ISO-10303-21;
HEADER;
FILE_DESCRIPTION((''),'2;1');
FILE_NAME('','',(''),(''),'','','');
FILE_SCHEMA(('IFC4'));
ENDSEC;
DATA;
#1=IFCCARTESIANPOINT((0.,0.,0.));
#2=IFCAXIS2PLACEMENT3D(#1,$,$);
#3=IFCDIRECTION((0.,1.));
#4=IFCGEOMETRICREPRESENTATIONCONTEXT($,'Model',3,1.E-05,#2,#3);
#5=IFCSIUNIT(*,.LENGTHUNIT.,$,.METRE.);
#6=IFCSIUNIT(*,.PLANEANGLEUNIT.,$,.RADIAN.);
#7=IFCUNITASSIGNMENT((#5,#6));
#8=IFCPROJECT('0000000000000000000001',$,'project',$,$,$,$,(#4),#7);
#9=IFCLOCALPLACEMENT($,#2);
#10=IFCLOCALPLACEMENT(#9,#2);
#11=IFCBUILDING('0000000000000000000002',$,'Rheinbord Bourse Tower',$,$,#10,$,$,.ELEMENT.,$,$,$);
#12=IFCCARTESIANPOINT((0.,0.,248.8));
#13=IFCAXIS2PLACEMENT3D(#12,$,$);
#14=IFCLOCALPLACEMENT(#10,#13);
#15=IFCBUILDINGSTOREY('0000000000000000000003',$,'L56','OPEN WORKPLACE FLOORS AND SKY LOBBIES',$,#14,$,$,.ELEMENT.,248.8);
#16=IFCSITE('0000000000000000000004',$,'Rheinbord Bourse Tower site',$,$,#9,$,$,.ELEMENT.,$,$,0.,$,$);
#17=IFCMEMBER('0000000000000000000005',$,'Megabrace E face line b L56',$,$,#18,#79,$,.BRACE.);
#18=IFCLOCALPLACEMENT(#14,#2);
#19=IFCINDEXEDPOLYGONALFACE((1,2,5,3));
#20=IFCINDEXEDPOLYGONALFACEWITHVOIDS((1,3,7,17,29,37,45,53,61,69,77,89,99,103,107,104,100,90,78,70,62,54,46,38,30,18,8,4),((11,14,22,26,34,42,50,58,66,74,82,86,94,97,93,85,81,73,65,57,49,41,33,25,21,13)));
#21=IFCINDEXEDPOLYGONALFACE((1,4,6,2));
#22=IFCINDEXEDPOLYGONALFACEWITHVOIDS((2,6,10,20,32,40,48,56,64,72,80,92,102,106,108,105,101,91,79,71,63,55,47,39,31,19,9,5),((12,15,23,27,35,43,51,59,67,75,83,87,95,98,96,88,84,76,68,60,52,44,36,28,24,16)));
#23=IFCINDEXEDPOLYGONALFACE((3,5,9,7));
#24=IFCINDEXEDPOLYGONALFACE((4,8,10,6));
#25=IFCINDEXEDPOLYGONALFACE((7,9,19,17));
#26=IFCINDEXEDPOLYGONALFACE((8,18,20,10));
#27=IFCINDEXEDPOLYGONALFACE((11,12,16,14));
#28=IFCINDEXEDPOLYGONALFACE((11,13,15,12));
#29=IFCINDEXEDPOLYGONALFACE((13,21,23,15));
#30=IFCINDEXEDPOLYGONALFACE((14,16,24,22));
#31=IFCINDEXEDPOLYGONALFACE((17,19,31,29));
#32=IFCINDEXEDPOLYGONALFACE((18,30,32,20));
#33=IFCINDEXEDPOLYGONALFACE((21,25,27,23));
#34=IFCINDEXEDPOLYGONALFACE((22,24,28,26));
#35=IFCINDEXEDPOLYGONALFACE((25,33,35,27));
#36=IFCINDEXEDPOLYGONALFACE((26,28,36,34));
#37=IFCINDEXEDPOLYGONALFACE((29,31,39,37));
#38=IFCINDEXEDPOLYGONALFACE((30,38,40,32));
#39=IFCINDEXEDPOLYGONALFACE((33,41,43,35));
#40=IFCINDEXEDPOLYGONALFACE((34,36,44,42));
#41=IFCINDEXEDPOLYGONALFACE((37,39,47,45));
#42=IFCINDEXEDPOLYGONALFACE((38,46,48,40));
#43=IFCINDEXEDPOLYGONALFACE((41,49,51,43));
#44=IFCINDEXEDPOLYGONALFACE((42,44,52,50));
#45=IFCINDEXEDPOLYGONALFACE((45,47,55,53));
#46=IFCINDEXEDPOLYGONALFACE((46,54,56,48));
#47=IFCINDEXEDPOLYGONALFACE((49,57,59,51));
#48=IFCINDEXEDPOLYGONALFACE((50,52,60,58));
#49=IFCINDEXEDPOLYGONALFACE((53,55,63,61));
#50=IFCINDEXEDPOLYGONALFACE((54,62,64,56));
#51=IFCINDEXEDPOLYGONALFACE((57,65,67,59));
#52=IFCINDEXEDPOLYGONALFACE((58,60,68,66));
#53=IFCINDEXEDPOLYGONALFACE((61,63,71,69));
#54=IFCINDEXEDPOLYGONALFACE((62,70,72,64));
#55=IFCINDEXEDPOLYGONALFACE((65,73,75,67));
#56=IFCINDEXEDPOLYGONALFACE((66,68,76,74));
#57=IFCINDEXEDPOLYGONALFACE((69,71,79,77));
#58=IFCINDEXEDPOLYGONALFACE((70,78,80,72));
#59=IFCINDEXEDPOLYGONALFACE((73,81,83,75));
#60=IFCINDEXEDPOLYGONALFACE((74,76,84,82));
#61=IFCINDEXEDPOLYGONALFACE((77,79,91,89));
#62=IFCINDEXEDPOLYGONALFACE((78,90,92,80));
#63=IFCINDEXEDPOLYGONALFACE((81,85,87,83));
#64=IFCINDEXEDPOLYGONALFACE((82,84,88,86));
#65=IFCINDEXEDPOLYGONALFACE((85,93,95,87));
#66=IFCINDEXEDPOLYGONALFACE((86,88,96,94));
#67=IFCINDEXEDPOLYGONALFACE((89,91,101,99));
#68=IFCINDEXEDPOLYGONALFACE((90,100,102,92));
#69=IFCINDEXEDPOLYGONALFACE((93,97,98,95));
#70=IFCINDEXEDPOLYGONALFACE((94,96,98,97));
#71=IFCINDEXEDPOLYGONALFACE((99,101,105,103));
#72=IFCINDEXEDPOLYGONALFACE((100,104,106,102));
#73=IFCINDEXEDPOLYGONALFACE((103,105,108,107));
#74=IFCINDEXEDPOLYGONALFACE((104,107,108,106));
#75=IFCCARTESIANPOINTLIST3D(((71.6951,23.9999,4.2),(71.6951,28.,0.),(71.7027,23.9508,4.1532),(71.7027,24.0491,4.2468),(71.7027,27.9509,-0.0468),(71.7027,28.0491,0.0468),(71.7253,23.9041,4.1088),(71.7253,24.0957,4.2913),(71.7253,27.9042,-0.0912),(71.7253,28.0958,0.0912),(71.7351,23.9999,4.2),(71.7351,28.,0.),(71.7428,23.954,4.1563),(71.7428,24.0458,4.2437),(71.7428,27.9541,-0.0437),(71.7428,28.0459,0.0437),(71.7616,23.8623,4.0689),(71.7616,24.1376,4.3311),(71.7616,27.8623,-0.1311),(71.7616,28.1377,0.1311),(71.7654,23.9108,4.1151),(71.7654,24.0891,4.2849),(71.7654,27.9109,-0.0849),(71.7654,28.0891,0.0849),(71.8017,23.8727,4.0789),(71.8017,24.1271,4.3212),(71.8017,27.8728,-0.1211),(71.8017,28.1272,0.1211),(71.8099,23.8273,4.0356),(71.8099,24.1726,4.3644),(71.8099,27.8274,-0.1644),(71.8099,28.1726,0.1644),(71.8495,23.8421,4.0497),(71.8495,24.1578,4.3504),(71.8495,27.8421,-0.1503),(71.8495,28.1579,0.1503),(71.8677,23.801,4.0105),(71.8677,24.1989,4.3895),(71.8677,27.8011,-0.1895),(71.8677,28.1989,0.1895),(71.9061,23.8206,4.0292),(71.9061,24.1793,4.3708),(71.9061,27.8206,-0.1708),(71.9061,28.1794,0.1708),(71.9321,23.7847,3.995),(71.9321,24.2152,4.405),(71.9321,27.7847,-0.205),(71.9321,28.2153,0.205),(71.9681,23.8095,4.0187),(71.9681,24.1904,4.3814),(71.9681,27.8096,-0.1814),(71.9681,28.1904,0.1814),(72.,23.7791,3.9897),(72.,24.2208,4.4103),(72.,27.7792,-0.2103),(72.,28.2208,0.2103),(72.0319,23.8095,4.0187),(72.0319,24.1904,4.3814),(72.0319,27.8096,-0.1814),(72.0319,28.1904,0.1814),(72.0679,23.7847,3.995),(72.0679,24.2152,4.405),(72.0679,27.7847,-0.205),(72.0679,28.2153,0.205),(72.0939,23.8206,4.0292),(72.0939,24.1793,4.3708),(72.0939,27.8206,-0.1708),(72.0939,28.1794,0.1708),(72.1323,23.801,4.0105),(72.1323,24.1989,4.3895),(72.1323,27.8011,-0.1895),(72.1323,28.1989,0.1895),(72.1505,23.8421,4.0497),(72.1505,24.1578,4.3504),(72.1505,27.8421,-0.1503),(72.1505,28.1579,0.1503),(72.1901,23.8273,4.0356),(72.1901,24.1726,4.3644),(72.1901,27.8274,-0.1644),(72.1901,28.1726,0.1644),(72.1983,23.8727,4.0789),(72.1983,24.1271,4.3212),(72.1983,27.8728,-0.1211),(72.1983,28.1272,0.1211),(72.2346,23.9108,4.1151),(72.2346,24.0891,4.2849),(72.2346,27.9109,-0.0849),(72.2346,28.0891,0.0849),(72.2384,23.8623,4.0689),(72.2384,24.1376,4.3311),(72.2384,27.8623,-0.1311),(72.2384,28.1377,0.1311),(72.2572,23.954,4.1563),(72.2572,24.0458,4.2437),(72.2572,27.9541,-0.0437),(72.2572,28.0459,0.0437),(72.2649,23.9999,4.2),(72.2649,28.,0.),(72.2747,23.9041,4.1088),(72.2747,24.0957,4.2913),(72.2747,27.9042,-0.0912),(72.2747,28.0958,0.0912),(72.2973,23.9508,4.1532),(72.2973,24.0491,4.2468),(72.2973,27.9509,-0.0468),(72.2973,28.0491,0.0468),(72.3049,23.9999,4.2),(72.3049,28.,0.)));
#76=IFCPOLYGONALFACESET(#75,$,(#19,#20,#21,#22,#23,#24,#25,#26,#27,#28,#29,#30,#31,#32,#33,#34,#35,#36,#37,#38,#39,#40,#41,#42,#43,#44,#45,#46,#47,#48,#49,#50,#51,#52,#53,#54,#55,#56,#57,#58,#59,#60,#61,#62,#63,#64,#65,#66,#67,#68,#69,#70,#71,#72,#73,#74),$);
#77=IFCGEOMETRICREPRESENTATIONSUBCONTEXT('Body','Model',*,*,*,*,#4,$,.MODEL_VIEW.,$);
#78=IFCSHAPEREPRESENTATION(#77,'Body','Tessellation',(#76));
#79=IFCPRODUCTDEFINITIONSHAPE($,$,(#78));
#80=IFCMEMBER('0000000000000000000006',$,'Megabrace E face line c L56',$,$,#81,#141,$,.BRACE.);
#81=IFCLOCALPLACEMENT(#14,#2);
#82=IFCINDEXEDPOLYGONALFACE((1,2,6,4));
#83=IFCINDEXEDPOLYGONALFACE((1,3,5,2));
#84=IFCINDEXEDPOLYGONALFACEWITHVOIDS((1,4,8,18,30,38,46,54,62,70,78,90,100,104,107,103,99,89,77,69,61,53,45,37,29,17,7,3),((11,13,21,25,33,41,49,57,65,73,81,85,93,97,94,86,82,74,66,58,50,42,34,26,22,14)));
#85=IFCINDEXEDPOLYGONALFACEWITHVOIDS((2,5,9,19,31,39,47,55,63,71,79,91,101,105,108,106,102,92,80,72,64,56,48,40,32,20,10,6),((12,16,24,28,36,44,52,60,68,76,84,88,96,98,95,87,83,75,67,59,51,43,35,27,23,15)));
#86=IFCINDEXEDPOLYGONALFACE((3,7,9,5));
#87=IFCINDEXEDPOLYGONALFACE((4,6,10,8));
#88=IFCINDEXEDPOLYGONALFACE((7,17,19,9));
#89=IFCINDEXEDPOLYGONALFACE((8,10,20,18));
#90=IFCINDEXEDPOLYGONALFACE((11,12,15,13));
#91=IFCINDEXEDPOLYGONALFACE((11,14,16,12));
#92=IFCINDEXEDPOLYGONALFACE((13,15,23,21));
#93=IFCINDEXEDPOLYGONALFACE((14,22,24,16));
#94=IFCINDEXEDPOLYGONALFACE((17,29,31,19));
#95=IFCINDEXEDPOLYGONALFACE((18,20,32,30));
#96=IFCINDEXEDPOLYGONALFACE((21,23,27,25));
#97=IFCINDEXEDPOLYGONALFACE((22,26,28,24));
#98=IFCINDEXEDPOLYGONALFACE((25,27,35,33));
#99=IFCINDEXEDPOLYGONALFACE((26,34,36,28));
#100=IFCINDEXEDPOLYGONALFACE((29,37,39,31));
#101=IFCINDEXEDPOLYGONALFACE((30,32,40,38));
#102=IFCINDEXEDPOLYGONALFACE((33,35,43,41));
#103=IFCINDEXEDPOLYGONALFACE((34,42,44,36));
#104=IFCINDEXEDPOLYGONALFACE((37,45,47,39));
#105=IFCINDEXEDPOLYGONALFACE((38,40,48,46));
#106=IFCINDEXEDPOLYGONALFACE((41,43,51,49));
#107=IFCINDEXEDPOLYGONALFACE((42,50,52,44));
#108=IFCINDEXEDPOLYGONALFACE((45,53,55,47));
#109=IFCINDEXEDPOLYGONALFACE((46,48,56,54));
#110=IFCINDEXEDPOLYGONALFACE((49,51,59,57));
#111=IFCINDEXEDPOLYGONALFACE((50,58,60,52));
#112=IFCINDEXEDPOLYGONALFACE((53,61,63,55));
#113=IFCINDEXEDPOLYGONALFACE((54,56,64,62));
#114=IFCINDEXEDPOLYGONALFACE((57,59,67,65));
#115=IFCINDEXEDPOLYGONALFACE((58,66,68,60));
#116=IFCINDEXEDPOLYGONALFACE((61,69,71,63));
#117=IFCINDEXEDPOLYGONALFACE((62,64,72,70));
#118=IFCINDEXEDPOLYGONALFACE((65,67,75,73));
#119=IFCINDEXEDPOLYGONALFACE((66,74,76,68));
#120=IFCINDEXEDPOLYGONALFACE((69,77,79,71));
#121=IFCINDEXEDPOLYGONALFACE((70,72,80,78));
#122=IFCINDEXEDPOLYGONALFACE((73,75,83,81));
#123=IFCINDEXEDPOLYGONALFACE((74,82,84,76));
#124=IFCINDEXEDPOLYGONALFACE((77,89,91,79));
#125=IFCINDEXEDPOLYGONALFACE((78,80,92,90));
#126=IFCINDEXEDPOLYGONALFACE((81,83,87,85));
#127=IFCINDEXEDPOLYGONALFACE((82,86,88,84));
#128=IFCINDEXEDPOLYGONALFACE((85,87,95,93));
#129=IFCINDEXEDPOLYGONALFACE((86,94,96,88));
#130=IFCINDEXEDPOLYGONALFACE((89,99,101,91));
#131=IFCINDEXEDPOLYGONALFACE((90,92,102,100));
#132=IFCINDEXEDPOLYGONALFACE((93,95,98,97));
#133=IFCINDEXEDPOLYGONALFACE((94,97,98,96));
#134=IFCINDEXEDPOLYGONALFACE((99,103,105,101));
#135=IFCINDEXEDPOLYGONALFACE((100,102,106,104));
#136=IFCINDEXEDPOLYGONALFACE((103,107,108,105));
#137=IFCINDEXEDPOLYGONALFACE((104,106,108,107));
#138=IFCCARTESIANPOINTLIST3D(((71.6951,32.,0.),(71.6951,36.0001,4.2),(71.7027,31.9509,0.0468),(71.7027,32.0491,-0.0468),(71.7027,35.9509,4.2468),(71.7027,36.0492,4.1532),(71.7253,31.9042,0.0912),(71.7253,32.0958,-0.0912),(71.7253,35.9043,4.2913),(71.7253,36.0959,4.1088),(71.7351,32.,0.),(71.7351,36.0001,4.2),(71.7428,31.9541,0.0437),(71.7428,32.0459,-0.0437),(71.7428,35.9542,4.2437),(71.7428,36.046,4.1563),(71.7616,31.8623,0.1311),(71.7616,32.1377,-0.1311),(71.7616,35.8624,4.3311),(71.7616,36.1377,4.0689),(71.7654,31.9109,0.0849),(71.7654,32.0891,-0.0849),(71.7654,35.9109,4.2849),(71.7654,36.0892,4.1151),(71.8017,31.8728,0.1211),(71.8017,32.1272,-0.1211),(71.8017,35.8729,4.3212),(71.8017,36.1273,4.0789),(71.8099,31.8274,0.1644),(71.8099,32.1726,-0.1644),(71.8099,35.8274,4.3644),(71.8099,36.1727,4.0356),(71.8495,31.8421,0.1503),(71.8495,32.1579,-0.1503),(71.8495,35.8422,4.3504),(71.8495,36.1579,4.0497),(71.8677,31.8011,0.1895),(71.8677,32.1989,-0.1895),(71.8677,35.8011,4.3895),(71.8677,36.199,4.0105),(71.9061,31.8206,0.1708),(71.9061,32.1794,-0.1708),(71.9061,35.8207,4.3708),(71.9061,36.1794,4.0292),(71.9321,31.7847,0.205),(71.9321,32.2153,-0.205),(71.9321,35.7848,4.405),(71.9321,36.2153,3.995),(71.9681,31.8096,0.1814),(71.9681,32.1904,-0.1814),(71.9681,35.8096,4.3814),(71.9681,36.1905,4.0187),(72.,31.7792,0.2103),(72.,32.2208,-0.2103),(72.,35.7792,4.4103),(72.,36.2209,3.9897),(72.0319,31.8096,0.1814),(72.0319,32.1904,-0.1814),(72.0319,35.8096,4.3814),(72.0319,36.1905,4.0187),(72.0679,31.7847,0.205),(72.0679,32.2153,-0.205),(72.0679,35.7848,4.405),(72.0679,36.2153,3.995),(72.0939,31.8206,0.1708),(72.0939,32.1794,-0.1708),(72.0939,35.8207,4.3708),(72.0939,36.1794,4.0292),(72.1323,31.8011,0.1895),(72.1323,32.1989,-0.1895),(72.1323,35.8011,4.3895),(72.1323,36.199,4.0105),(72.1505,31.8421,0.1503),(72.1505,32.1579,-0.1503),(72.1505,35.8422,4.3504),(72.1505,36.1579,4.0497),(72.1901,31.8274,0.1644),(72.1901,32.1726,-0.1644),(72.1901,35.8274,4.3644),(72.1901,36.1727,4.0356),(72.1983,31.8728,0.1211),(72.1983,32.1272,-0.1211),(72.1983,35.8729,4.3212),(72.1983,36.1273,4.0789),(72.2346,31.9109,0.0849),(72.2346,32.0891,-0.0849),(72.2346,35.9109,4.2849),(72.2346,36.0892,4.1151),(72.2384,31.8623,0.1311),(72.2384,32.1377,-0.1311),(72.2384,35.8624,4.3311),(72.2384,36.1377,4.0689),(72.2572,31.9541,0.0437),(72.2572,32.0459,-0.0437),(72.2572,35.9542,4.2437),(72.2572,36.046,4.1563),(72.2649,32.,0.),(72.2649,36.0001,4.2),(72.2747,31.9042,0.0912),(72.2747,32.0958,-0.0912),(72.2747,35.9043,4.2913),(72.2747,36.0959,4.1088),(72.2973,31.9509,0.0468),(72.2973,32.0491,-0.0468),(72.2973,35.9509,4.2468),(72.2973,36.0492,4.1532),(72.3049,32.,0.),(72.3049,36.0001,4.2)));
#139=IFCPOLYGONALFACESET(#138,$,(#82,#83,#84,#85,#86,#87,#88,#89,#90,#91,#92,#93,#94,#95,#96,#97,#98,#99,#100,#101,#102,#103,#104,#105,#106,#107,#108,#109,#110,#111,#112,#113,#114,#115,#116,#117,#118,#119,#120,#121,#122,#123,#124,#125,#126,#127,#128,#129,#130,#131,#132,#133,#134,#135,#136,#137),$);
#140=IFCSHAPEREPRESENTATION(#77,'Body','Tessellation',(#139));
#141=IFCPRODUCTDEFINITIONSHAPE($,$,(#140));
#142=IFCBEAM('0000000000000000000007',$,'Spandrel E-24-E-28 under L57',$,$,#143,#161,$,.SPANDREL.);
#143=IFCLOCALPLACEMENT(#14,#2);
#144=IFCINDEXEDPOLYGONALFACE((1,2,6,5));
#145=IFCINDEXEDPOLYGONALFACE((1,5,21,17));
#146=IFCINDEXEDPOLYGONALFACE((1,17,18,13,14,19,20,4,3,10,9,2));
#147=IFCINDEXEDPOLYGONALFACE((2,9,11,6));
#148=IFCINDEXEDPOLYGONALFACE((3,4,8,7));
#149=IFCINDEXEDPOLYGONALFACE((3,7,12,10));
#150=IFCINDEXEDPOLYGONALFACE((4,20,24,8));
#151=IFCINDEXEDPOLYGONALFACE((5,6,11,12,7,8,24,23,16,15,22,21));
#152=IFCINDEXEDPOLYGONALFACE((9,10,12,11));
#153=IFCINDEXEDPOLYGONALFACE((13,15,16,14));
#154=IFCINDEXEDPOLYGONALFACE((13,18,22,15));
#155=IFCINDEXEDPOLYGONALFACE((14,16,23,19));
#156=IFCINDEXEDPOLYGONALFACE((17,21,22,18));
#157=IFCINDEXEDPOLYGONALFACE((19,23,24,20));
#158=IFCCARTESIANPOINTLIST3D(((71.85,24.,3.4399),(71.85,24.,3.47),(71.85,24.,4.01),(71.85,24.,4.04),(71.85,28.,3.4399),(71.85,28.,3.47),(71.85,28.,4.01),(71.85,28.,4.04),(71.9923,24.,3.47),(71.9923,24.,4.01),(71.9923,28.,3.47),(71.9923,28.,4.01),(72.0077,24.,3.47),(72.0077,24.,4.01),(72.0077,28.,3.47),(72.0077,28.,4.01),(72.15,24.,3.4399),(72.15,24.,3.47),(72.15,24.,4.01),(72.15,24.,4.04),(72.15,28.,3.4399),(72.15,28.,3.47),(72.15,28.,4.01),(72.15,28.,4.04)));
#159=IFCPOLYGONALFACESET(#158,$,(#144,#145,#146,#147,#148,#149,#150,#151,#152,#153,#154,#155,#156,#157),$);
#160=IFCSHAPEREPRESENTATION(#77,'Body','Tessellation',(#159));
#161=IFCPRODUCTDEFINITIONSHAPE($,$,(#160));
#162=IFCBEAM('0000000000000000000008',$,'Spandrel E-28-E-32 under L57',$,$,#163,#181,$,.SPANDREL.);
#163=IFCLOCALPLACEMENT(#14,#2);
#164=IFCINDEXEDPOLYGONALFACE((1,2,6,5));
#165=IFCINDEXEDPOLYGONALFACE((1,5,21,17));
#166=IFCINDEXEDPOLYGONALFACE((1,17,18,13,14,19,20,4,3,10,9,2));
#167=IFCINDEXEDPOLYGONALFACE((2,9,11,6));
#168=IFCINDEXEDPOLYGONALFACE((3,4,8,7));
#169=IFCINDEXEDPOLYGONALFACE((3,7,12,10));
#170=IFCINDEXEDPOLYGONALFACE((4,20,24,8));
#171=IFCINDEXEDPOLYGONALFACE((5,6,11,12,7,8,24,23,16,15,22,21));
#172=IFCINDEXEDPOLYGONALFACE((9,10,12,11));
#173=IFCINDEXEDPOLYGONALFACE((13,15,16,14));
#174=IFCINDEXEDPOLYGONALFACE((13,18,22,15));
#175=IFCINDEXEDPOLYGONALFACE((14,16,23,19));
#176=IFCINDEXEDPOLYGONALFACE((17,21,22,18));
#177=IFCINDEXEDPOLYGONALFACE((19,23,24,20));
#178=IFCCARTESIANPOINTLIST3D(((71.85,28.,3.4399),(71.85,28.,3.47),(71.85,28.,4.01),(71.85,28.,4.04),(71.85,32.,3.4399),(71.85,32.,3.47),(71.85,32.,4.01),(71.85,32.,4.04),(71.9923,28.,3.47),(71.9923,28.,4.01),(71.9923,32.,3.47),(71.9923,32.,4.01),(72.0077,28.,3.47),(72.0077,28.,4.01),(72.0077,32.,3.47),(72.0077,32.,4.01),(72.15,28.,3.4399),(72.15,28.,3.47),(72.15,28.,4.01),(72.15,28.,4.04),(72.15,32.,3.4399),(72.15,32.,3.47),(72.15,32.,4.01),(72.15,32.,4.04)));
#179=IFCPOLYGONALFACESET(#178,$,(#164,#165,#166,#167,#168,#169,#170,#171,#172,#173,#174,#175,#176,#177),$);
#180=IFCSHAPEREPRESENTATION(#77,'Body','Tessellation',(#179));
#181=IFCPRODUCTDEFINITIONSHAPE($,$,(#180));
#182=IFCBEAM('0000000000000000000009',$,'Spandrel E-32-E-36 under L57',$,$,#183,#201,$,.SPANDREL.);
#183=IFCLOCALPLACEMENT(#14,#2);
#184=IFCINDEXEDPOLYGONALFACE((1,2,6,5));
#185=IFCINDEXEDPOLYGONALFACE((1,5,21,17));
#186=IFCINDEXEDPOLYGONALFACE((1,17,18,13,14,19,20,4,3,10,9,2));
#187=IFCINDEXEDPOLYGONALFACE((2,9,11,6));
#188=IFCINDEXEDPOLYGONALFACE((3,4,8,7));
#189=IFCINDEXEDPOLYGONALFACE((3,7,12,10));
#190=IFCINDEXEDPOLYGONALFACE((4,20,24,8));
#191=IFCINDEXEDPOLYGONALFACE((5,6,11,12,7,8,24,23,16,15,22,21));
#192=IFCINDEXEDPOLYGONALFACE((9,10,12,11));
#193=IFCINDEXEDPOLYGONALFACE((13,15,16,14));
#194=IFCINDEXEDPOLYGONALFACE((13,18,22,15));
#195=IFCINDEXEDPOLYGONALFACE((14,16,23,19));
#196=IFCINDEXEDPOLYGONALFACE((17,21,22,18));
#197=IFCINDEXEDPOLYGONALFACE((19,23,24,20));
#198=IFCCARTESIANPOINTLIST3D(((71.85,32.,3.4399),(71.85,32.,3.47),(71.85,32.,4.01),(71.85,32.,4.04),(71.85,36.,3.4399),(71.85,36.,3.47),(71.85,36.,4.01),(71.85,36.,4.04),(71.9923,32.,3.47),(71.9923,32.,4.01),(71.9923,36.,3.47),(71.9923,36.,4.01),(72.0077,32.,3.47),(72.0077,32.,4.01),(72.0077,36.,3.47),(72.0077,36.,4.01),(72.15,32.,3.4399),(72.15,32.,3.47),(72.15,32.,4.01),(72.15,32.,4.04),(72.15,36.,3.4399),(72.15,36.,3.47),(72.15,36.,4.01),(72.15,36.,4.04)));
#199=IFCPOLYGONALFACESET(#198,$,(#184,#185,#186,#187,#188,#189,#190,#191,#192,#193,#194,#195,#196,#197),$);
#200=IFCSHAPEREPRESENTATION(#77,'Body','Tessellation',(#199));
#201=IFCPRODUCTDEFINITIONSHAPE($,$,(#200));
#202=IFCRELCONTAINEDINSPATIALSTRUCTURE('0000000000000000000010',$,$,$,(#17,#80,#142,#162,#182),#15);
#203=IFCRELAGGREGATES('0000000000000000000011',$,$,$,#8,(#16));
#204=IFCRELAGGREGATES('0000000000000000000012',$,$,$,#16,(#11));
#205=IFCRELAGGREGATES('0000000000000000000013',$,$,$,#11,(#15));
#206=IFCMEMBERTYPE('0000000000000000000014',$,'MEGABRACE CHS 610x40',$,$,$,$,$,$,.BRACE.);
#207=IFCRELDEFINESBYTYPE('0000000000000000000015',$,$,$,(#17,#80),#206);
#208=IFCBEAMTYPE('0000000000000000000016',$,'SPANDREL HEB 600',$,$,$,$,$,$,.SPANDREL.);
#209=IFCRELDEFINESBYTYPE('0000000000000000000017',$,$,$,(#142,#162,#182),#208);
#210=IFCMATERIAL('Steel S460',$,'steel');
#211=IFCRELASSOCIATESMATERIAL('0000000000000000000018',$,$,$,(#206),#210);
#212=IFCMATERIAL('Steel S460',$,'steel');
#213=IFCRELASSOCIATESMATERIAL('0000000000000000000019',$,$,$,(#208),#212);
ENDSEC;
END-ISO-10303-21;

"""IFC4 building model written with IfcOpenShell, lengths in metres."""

from ifc_helpers import new_model, si_unit, direction, frame, origin, origin_2d, place, context, subcontext, project, spatial, hollow_circle, i_section, extrude, material, material_profile, profile_set, type_object, element, save


model = new_model("IFC4")

# Units and contexts
model_context = context("Model", 3, precision=1e-05, world=origin(), true_north=direction((0.0, 1.0)))
body_context = subcontext(model_context, "Body", "Model", "MODEL_VIEW")
ifc_project = project(units=[si_unit("LENGTHUNIT", "METRE"), si_unit("PLANEANGLEUNIT", "RADIAN")], contexts=[model_context])

# Site, building, storey
site_placement = place(None, origin())
site = spatial("IfcSite", under=ifc_project, at=site_placement, Name="Rheinbord Bourse Tower site", CompositionType="ELEMENT", RefElevation=0.0)
building_placement = place(site_placement, origin())
building = spatial("IfcBuilding", under=site, at=building_placement, Name="Rheinbord Bourse Tower", CompositionType="ELEMENT")
storey_placement = place(building_placement, frame((0.0, 0.0, 248.8)))
storey = spatial("IfcBuildingStorey", under=building, at=storey_placement, Name="L56", Description="OPEN WORKPLACE FLOORS AND SKY LOBBIES", CompositionType="ELEMENT", Elevation=248.8)

# Members
ifc_material_1 = material(Name="Steel S460", Category="steel")
ifc_material_profile_1 = material_profile(ifc_material_1, hollow_circle(Radius=0.3049, WallThickness=0.04, at=origin_2d()), Name="CHS 610x40")
ifc_profile_set_1 = profile_set([ifc_material_profile_1], Name="Steel S460")
member_type_1 = type_object("IfcMemberType", Name="MEGABRACE CHS 610x40", PredefinedType="BRACE", material=ifc_profile_set_1)
for number, where, z_axis, x_axis, name in (
    (1, (72.0, 28.0, 0.0), (0.0, -0.689659, 0.724134), (1.0, 0.0, 0.0), "Megabrace E face line b L56"),
    (2, (72.0, 32.0, 0.0), (0.0, 0.689659, 0.724134), (-1.0, 0.0, 0.0), "Megabrace E face line c L56"),
):
    element("IfcMember", number, at=place(storey_placement, frame(where, z_axis=z_axis, x_axis=x_axis)), inside=storey, type_object=member_type_1, Name=name, PredefinedType="BRACE", context=body_context, shape_type="SweptSolid", body=[
        extrude(hollow_circle(Radius=0.3049, WallThickness=0.04, at=origin_2d()), origin(), (0.0, 0.0, 1.0), 5.8),
    ])

# Beams
ifc_material_2 = material(Name="Steel S460", Category="steel")
ifc_material_profile_2 = material_profile(ifc_material_2, i_section(OverallWidth=0.3, OverallDepth=0.6001, WebThickness=0.0154, FlangeThickness=0.03, at=origin_2d()), Name="HEB 600")
ifc_profile_set_2 = profile_set([ifc_material_profile_2], Name="Steel S460")
beam_type_1 = type_object("IfcBeamType", Name="SPANDREL HEB 600", PredefinedType="SPANDREL", material=ifc_profile_set_2)
for number, where, z_axis, x_axis, name in (
    (3, (72.0, 24.0, 3.74), (0.0, 1.0, 0.0), (-1.0, 0.0, 0.0), "Spandrel E-24-E-28 under L57"),
    (4, (72.0, 28.0, 3.74), (0.0, 1.0, 0.0), (-1.0, 0.0, 0.0), "Spandrel E-28-E-32 under L57"),
    (5, (72.0, 32.0, 3.74), (0.0, 1.0, 0.0), (-1.0, 0.0, 0.0), "Spandrel E-32-E-36 under L57"),
):
    element("IfcBeam", number, at=place(storey_placement, frame(where, z_axis=z_axis, x_axis=x_axis)), inside=storey, type_object=beam_type_1, Name=name, PredefinedType="SPANDREL", context=body_context, shape_type="SweptSolid", body=[
        extrude(i_section(OverallWidth=0.3, OverallDepth=0.6001, WebThickness=0.0154, FlangeThickness=0.03, at=origin_2d()), origin(), (0.0, 0.0, 1.0), 4.0),
    ])

save(model, "model.ifc")
